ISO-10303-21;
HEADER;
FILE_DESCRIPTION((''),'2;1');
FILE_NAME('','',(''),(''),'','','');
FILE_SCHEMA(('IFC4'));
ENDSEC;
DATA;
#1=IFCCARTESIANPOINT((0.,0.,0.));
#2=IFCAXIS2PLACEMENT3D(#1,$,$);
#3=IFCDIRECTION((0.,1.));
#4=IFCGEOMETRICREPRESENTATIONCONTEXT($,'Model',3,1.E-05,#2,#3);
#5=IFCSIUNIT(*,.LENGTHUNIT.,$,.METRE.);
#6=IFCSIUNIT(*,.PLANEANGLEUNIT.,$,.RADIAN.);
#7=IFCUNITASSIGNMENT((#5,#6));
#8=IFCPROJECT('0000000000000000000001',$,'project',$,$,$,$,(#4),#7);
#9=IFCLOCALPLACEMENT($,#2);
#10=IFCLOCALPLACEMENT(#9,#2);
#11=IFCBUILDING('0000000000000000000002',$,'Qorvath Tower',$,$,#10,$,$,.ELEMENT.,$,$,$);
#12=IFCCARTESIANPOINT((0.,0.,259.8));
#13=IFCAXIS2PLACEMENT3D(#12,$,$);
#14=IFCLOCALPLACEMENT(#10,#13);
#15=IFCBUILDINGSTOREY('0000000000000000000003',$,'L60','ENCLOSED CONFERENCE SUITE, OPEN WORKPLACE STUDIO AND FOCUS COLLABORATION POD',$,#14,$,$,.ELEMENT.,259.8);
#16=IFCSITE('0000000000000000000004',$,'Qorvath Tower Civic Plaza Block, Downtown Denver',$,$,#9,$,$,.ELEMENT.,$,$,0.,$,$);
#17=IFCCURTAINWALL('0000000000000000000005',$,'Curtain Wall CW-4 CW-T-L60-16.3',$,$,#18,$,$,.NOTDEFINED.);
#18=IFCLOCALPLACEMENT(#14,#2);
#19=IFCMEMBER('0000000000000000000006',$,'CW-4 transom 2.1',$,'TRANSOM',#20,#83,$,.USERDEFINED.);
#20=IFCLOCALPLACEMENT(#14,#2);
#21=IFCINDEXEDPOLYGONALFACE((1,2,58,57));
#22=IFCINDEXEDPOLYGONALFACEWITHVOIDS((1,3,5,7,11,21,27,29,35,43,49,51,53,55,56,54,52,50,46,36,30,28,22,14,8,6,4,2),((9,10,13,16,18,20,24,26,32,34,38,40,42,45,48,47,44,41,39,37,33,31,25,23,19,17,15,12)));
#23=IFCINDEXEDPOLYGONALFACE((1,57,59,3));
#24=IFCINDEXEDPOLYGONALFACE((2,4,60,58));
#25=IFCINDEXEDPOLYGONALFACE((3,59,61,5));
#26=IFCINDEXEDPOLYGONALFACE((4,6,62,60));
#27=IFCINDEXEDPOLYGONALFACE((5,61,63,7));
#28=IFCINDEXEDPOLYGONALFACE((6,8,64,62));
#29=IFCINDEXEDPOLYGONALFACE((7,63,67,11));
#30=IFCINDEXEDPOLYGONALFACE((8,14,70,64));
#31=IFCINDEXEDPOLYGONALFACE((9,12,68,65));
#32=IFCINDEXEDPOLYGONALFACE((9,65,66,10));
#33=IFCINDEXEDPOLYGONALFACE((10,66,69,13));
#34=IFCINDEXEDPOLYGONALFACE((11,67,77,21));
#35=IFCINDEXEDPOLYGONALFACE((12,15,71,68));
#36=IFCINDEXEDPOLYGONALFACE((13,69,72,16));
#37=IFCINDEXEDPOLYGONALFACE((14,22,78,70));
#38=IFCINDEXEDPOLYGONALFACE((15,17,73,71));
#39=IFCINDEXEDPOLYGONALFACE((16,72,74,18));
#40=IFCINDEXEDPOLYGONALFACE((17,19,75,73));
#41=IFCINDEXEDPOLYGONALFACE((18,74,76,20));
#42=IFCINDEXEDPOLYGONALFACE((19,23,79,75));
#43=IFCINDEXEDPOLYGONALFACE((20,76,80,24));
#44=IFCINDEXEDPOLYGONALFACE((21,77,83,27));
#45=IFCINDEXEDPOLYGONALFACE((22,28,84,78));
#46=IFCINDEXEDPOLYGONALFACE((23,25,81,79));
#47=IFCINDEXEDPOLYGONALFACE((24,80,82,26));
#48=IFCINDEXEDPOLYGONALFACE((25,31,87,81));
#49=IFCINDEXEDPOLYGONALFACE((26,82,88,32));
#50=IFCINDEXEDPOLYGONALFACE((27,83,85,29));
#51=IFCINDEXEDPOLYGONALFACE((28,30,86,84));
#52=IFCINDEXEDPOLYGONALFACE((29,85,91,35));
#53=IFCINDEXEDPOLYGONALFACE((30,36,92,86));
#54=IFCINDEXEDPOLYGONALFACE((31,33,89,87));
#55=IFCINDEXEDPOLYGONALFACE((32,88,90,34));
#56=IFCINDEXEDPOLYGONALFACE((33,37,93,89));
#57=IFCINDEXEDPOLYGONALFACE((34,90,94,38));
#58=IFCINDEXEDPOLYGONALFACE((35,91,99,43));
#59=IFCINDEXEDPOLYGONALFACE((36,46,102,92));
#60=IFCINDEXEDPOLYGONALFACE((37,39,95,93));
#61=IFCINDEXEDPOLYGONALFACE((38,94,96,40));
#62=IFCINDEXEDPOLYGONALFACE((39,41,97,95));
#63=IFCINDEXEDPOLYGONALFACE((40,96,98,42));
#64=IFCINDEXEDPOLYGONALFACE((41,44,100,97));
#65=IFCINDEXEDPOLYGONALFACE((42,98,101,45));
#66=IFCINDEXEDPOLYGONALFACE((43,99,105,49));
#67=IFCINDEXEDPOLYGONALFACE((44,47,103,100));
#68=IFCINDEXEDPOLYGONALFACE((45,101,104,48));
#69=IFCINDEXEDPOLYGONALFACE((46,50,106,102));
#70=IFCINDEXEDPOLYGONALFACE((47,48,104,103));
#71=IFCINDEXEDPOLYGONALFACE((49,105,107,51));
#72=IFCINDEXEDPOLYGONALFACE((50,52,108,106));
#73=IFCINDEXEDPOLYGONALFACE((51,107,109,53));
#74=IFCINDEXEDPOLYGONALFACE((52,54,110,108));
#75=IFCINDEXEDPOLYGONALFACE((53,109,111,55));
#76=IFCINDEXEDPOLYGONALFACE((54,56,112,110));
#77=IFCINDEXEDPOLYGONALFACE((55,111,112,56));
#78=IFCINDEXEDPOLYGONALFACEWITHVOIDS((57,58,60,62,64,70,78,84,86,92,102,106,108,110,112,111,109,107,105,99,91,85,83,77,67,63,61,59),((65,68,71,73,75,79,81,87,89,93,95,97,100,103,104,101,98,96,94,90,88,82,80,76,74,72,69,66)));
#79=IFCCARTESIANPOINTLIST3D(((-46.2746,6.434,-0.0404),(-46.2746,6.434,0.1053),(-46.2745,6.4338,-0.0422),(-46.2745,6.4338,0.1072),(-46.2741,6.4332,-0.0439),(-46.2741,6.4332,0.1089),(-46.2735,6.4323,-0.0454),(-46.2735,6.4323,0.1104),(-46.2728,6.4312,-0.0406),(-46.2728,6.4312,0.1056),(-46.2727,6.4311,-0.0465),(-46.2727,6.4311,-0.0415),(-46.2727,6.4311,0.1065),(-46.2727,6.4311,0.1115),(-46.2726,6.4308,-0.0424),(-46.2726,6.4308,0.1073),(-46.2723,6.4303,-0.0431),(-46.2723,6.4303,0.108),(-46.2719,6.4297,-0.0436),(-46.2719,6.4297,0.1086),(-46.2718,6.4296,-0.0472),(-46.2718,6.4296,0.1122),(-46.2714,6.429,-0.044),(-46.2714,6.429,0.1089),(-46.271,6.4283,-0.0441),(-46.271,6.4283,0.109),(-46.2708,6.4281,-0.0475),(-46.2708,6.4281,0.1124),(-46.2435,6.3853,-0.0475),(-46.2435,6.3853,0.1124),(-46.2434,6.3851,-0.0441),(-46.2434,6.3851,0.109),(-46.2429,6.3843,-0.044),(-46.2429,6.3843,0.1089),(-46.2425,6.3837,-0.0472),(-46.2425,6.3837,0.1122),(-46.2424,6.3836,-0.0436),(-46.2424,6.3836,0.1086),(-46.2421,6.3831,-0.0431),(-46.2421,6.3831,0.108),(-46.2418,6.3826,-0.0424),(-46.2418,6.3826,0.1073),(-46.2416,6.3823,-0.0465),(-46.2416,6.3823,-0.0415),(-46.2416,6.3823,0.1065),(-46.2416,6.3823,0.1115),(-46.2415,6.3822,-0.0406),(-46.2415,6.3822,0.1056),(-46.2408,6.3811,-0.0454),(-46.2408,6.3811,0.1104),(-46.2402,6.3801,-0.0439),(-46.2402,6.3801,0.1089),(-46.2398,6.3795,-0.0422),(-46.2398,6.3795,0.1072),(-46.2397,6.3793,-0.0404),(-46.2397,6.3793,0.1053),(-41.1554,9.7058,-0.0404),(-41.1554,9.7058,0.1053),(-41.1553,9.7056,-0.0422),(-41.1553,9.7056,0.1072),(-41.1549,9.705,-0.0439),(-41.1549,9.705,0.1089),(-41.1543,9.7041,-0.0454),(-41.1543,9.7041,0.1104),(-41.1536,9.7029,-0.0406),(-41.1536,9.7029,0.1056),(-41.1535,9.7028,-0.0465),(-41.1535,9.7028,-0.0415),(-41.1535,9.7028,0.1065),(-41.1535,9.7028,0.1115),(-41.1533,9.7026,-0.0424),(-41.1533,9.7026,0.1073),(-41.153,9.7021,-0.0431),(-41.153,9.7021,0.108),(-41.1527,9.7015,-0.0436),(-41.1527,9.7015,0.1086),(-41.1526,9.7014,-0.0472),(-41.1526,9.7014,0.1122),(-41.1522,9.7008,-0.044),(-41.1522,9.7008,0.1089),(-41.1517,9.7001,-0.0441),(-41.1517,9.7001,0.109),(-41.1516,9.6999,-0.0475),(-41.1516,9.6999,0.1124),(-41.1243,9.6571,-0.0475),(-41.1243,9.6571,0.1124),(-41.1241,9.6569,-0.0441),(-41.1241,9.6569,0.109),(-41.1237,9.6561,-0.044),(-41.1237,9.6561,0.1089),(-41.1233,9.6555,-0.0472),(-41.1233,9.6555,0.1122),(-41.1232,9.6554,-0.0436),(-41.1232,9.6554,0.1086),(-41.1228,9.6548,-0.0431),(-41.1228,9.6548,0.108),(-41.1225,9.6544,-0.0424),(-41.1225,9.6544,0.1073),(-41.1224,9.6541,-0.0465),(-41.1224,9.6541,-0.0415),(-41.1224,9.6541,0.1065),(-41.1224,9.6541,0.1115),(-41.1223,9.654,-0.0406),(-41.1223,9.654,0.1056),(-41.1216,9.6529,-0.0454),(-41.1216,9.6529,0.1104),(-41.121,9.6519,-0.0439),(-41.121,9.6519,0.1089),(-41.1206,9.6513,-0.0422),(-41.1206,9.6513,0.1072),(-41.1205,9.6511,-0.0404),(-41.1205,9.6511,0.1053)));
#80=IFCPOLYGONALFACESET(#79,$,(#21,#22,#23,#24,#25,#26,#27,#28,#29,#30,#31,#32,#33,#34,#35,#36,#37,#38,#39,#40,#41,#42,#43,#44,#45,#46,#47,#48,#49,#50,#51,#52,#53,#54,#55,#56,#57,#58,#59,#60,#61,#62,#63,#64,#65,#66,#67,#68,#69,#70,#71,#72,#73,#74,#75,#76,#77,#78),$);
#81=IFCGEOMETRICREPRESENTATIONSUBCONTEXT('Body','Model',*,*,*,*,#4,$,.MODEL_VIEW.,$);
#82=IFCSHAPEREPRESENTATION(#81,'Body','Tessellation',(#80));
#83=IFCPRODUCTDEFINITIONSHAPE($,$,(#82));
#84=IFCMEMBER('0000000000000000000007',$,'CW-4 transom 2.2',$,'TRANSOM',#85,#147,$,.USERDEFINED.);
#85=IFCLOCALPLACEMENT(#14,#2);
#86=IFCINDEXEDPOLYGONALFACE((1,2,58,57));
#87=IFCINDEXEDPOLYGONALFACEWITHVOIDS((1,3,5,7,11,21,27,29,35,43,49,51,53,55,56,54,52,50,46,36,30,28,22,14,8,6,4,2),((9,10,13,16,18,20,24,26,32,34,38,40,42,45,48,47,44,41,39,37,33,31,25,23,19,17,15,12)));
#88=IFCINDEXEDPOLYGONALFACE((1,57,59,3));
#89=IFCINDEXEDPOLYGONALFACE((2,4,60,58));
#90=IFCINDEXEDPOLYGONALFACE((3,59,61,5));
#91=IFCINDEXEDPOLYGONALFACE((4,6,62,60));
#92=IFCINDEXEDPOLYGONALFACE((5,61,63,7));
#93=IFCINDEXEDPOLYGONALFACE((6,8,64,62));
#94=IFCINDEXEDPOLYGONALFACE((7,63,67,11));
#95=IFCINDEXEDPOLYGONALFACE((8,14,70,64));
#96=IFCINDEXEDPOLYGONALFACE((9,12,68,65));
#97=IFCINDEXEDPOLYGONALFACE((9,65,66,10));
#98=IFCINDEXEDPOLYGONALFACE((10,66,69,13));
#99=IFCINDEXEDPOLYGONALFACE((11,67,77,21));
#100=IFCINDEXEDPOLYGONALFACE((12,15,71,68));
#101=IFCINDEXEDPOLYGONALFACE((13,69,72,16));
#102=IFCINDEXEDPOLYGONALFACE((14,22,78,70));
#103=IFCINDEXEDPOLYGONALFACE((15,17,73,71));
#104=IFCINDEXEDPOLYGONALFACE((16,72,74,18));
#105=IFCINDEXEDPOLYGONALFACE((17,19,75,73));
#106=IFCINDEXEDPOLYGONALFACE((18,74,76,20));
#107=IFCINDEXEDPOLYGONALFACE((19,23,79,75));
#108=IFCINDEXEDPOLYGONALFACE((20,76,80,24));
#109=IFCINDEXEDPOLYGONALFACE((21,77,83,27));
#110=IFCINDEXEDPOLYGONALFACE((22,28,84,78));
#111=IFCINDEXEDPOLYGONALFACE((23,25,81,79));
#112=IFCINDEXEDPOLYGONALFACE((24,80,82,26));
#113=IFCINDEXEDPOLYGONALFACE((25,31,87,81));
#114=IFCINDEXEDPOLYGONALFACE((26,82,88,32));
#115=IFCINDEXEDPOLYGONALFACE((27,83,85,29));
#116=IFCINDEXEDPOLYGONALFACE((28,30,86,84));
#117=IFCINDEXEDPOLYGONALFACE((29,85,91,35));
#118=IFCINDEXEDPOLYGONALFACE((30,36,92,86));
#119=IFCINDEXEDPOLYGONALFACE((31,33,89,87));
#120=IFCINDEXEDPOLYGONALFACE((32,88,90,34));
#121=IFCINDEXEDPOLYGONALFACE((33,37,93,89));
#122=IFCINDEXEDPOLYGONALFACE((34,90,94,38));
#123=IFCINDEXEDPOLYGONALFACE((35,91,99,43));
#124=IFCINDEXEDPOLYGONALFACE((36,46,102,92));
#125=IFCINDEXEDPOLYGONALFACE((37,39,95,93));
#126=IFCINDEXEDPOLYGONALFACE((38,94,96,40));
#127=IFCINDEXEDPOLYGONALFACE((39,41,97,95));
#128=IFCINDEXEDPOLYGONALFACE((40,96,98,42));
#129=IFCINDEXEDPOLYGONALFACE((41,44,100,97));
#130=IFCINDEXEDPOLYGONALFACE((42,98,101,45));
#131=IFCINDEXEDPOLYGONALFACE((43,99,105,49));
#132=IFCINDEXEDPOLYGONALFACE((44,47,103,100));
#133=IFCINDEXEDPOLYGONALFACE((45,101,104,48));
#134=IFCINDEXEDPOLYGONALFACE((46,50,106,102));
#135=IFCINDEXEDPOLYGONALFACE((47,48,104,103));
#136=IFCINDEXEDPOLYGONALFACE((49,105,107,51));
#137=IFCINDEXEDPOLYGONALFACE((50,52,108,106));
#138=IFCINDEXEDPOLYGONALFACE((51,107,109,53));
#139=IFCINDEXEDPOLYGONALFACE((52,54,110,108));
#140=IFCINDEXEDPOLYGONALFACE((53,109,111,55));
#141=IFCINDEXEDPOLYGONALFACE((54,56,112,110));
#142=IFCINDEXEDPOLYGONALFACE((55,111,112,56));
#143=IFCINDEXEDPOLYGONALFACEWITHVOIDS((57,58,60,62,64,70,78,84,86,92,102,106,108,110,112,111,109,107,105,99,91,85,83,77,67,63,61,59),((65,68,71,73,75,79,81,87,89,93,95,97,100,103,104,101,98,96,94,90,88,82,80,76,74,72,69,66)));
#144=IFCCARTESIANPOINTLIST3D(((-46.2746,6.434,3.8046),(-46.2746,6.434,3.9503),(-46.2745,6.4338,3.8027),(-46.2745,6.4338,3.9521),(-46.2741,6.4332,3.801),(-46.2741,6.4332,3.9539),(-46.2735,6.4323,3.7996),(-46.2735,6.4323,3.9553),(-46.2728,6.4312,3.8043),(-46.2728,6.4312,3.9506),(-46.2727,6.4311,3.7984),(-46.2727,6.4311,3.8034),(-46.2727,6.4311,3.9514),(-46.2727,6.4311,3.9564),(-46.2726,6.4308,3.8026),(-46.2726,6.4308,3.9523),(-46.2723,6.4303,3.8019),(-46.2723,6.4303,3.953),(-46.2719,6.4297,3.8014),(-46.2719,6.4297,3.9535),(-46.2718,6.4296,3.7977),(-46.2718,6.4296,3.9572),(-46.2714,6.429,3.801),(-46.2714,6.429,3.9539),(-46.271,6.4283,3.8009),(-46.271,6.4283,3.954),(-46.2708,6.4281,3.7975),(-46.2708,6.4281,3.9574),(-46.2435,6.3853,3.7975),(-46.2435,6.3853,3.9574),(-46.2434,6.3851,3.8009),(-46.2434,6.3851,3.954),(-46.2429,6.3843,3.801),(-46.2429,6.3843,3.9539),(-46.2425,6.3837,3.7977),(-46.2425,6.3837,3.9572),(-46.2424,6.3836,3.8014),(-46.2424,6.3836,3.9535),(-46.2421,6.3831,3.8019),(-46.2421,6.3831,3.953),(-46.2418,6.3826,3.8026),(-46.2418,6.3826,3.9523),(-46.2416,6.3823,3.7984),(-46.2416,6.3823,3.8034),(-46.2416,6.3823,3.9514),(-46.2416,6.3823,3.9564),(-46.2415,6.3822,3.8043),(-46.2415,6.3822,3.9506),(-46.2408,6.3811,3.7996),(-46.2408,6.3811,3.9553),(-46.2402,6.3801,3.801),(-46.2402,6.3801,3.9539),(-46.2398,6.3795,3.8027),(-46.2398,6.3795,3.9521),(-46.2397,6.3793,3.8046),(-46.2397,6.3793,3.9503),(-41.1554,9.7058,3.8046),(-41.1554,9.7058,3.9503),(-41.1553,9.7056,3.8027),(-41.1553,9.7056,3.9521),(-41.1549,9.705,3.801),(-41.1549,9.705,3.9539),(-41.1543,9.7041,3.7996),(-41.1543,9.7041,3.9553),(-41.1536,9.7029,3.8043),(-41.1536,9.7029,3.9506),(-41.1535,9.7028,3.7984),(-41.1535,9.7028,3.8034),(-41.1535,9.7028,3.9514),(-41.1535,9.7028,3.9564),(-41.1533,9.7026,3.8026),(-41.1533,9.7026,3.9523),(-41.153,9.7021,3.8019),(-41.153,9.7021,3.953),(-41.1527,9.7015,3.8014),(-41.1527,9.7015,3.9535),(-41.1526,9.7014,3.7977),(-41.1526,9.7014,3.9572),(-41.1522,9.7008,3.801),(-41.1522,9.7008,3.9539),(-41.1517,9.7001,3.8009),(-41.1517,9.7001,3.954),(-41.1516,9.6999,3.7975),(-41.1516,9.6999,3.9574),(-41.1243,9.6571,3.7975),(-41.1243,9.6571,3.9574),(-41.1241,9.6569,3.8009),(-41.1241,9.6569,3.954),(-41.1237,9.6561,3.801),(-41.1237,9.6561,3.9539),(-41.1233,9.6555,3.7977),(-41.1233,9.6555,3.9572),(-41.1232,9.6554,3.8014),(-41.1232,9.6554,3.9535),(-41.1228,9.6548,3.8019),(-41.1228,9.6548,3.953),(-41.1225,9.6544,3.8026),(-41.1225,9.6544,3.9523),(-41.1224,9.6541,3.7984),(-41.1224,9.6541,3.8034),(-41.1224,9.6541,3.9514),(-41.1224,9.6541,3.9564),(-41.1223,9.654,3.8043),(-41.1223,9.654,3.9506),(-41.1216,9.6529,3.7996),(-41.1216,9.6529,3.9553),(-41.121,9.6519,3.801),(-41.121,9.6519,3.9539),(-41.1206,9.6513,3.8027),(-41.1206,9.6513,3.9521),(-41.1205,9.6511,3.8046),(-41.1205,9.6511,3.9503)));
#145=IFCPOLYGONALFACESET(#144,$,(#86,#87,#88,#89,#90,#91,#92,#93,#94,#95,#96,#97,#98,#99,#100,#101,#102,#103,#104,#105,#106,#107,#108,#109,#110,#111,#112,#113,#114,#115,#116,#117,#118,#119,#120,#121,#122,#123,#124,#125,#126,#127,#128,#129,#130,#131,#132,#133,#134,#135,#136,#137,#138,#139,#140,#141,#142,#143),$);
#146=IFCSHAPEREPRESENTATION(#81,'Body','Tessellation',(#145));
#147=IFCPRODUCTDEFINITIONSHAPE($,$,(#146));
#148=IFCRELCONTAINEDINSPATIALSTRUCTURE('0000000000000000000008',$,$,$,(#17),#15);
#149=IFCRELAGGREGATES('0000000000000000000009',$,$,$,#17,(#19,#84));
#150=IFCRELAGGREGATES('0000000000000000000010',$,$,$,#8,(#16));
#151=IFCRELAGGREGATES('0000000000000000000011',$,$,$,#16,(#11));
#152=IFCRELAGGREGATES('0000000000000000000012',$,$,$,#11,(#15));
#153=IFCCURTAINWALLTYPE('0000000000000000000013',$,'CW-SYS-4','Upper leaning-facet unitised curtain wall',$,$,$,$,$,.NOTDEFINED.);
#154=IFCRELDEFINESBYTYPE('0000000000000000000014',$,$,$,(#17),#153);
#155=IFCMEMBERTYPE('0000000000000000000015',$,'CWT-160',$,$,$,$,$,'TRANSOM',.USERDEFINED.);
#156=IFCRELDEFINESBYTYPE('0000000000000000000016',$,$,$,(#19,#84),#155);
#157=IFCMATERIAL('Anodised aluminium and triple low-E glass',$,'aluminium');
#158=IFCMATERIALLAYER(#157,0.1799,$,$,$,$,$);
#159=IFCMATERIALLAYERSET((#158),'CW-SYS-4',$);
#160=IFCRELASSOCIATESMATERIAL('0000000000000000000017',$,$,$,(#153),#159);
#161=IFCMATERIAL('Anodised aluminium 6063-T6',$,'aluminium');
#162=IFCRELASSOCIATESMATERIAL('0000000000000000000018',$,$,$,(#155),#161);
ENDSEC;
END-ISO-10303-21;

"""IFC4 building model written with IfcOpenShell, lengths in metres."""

from ifc_helpers import new_model, si_unit, direction, frame, origin, origin_2d, place, context, subcontext, project, spatial, hollow_rectangle, extrude, material, layer, layer_set, material_profile, profile_set, type_object, element, aggregate, save


model = new_model("IFC4")

# Units and contexts
model_context = context("Model", 3, precision=1e-05, world=origin(), true_north=direction((0.0, 1.0)))
body_context = subcontext(model_context, "Body", "Model", "MODEL_VIEW")
ifc_project = project(units=[si_unit("LENGTHUNIT", "METRE"), si_unit("PLANEANGLEUNIT", "RADIAN")], contexts=[model_context])

# Site, building, storey
site_placement = place(None, origin())
site = spatial("IfcSite", under=ifc_project, at=site_placement, Name="Qorvath Tower Civic Plaza Block, Downtown Denver", CompositionType="ELEMENT", RefElevation=0.0)
building_placement = place(site_placement, origin())
building = spatial("IfcBuilding", under=site, at=building_placement, Name="Qorvath Tower", CompositionType="ELEMENT")
storey_placement = place(building_placement, frame((0.0, 0.0, 259.8)))
storey = spatial("IfcBuildingStorey", under=building, at=storey_placement, Name="L60", Description="ENCLOSED CONFERENCE SUITE, OPEN WORKPLACE STUDIO AND FOCUS COLLABORATION POD", CompositionType="ELEMENT", Elevation=259.8)

# Curtain wall, members
ifc_material_1 = material(Name="Anodised aluminium and triple low-E glass", Category="aluminium")
ifc_layer_1 = layer(ifc_material_1, 0.1799)
ifc_layer_set_1 = layer_set([ifc_layer_1], Name="CW-SYS-4")
curtain_wall_type = type_object("IfcCurtainWallType", Name="CW-SYS-4", Description="Upper leaning-facet unitised curtain wall", PredefinedType="NOTDEFINED", material=ifc_layer_set_1)
curtain_wall_placement = place(storey_placement, origin())
curtain_wall = element("IfcCurtainWall", 1, at=curtain_wall_placement, inside=storey, type_object=curtain_wall_type, Name="Curtain Wall CW-4 CW-T-L60-16.3", PredefinedType="NOTDEFINED")
ifc_material_2 = material(Name="Anodised aluminium 6063-T6", Category="aluminium")
ifc_material_profile_1 = material_profile(ifc_material_2, hollow_rectangle(XDim=0.0649, YDim=0.1599, WallThickness=0.0034, InnerFilletRadius=0.0034, OuterFilletRadius=0.0071, at=origin_2d()), Name="CWT 160x65")
ifc_profile_set_1 = profile_set([ifc_material_profile_1], Name="Anodised aluminium 6063-T6")
member_type_1 = type_object("IfcMemberType", Name="CWT-160", ElementType="TRANSOM", PredefinedType="USERDEFINED", material=ifc_profile_set_1)
member_1_placement = place(storey_placement, frame((-41.1379, 9.6785, 0.0325), z_axis=(-0.842609, -0.538526, 0.0), x_axis=(0.538526, -0.842609, 0.0)))
member_1 = element("IfcMember", 2, at=member_1_placement, type_object=member_type_1, Name="CW-4 transom 2.1", ObjectType="TRANSOM", PredefinedType="USERDEFINED", context=body_context, shape_type="SweptSolid", body=[
    extrude(hollow_rectangle(XDim=0.0649, YDim=0.1599, WallThickness=0.0034, InnerFilletRadius=0.0034, OuterFilletRadius=0.0071, at=origin_2d()), origin(), (0.0, 0.0, 1.0), 6.0754),
])
member_2_placement = place(storey_placement, frame((-41.1379, 9.6785, 3.8774), z_axis=(-0.842609, -0.538526, 0.0), x_axis=(0.538526, -0.842609, 0.0)))
member_2 = element("IfcMember", 3, at=member_2_placement, type_object=member_type_1, Name="CW-4 transom 2.2", ObjectType="TRANSOM", PredefinedType="USERDEFINED", context=body_context, shape_type="SweptSolid", body=[
    extrude(hollow_rectangle(XDim=0.0649, YDim=0.1599, WallThickness=0.0034, InnerFilletRadius=0.0034, OuterFilletRadius=0.0071, at=origin_2d()), origin(), (0.0, 0.0, 1.0), 6.0754),
])
aggregate(curtain_wall, [member_1, member_2])

save(model, "model.ifc")
